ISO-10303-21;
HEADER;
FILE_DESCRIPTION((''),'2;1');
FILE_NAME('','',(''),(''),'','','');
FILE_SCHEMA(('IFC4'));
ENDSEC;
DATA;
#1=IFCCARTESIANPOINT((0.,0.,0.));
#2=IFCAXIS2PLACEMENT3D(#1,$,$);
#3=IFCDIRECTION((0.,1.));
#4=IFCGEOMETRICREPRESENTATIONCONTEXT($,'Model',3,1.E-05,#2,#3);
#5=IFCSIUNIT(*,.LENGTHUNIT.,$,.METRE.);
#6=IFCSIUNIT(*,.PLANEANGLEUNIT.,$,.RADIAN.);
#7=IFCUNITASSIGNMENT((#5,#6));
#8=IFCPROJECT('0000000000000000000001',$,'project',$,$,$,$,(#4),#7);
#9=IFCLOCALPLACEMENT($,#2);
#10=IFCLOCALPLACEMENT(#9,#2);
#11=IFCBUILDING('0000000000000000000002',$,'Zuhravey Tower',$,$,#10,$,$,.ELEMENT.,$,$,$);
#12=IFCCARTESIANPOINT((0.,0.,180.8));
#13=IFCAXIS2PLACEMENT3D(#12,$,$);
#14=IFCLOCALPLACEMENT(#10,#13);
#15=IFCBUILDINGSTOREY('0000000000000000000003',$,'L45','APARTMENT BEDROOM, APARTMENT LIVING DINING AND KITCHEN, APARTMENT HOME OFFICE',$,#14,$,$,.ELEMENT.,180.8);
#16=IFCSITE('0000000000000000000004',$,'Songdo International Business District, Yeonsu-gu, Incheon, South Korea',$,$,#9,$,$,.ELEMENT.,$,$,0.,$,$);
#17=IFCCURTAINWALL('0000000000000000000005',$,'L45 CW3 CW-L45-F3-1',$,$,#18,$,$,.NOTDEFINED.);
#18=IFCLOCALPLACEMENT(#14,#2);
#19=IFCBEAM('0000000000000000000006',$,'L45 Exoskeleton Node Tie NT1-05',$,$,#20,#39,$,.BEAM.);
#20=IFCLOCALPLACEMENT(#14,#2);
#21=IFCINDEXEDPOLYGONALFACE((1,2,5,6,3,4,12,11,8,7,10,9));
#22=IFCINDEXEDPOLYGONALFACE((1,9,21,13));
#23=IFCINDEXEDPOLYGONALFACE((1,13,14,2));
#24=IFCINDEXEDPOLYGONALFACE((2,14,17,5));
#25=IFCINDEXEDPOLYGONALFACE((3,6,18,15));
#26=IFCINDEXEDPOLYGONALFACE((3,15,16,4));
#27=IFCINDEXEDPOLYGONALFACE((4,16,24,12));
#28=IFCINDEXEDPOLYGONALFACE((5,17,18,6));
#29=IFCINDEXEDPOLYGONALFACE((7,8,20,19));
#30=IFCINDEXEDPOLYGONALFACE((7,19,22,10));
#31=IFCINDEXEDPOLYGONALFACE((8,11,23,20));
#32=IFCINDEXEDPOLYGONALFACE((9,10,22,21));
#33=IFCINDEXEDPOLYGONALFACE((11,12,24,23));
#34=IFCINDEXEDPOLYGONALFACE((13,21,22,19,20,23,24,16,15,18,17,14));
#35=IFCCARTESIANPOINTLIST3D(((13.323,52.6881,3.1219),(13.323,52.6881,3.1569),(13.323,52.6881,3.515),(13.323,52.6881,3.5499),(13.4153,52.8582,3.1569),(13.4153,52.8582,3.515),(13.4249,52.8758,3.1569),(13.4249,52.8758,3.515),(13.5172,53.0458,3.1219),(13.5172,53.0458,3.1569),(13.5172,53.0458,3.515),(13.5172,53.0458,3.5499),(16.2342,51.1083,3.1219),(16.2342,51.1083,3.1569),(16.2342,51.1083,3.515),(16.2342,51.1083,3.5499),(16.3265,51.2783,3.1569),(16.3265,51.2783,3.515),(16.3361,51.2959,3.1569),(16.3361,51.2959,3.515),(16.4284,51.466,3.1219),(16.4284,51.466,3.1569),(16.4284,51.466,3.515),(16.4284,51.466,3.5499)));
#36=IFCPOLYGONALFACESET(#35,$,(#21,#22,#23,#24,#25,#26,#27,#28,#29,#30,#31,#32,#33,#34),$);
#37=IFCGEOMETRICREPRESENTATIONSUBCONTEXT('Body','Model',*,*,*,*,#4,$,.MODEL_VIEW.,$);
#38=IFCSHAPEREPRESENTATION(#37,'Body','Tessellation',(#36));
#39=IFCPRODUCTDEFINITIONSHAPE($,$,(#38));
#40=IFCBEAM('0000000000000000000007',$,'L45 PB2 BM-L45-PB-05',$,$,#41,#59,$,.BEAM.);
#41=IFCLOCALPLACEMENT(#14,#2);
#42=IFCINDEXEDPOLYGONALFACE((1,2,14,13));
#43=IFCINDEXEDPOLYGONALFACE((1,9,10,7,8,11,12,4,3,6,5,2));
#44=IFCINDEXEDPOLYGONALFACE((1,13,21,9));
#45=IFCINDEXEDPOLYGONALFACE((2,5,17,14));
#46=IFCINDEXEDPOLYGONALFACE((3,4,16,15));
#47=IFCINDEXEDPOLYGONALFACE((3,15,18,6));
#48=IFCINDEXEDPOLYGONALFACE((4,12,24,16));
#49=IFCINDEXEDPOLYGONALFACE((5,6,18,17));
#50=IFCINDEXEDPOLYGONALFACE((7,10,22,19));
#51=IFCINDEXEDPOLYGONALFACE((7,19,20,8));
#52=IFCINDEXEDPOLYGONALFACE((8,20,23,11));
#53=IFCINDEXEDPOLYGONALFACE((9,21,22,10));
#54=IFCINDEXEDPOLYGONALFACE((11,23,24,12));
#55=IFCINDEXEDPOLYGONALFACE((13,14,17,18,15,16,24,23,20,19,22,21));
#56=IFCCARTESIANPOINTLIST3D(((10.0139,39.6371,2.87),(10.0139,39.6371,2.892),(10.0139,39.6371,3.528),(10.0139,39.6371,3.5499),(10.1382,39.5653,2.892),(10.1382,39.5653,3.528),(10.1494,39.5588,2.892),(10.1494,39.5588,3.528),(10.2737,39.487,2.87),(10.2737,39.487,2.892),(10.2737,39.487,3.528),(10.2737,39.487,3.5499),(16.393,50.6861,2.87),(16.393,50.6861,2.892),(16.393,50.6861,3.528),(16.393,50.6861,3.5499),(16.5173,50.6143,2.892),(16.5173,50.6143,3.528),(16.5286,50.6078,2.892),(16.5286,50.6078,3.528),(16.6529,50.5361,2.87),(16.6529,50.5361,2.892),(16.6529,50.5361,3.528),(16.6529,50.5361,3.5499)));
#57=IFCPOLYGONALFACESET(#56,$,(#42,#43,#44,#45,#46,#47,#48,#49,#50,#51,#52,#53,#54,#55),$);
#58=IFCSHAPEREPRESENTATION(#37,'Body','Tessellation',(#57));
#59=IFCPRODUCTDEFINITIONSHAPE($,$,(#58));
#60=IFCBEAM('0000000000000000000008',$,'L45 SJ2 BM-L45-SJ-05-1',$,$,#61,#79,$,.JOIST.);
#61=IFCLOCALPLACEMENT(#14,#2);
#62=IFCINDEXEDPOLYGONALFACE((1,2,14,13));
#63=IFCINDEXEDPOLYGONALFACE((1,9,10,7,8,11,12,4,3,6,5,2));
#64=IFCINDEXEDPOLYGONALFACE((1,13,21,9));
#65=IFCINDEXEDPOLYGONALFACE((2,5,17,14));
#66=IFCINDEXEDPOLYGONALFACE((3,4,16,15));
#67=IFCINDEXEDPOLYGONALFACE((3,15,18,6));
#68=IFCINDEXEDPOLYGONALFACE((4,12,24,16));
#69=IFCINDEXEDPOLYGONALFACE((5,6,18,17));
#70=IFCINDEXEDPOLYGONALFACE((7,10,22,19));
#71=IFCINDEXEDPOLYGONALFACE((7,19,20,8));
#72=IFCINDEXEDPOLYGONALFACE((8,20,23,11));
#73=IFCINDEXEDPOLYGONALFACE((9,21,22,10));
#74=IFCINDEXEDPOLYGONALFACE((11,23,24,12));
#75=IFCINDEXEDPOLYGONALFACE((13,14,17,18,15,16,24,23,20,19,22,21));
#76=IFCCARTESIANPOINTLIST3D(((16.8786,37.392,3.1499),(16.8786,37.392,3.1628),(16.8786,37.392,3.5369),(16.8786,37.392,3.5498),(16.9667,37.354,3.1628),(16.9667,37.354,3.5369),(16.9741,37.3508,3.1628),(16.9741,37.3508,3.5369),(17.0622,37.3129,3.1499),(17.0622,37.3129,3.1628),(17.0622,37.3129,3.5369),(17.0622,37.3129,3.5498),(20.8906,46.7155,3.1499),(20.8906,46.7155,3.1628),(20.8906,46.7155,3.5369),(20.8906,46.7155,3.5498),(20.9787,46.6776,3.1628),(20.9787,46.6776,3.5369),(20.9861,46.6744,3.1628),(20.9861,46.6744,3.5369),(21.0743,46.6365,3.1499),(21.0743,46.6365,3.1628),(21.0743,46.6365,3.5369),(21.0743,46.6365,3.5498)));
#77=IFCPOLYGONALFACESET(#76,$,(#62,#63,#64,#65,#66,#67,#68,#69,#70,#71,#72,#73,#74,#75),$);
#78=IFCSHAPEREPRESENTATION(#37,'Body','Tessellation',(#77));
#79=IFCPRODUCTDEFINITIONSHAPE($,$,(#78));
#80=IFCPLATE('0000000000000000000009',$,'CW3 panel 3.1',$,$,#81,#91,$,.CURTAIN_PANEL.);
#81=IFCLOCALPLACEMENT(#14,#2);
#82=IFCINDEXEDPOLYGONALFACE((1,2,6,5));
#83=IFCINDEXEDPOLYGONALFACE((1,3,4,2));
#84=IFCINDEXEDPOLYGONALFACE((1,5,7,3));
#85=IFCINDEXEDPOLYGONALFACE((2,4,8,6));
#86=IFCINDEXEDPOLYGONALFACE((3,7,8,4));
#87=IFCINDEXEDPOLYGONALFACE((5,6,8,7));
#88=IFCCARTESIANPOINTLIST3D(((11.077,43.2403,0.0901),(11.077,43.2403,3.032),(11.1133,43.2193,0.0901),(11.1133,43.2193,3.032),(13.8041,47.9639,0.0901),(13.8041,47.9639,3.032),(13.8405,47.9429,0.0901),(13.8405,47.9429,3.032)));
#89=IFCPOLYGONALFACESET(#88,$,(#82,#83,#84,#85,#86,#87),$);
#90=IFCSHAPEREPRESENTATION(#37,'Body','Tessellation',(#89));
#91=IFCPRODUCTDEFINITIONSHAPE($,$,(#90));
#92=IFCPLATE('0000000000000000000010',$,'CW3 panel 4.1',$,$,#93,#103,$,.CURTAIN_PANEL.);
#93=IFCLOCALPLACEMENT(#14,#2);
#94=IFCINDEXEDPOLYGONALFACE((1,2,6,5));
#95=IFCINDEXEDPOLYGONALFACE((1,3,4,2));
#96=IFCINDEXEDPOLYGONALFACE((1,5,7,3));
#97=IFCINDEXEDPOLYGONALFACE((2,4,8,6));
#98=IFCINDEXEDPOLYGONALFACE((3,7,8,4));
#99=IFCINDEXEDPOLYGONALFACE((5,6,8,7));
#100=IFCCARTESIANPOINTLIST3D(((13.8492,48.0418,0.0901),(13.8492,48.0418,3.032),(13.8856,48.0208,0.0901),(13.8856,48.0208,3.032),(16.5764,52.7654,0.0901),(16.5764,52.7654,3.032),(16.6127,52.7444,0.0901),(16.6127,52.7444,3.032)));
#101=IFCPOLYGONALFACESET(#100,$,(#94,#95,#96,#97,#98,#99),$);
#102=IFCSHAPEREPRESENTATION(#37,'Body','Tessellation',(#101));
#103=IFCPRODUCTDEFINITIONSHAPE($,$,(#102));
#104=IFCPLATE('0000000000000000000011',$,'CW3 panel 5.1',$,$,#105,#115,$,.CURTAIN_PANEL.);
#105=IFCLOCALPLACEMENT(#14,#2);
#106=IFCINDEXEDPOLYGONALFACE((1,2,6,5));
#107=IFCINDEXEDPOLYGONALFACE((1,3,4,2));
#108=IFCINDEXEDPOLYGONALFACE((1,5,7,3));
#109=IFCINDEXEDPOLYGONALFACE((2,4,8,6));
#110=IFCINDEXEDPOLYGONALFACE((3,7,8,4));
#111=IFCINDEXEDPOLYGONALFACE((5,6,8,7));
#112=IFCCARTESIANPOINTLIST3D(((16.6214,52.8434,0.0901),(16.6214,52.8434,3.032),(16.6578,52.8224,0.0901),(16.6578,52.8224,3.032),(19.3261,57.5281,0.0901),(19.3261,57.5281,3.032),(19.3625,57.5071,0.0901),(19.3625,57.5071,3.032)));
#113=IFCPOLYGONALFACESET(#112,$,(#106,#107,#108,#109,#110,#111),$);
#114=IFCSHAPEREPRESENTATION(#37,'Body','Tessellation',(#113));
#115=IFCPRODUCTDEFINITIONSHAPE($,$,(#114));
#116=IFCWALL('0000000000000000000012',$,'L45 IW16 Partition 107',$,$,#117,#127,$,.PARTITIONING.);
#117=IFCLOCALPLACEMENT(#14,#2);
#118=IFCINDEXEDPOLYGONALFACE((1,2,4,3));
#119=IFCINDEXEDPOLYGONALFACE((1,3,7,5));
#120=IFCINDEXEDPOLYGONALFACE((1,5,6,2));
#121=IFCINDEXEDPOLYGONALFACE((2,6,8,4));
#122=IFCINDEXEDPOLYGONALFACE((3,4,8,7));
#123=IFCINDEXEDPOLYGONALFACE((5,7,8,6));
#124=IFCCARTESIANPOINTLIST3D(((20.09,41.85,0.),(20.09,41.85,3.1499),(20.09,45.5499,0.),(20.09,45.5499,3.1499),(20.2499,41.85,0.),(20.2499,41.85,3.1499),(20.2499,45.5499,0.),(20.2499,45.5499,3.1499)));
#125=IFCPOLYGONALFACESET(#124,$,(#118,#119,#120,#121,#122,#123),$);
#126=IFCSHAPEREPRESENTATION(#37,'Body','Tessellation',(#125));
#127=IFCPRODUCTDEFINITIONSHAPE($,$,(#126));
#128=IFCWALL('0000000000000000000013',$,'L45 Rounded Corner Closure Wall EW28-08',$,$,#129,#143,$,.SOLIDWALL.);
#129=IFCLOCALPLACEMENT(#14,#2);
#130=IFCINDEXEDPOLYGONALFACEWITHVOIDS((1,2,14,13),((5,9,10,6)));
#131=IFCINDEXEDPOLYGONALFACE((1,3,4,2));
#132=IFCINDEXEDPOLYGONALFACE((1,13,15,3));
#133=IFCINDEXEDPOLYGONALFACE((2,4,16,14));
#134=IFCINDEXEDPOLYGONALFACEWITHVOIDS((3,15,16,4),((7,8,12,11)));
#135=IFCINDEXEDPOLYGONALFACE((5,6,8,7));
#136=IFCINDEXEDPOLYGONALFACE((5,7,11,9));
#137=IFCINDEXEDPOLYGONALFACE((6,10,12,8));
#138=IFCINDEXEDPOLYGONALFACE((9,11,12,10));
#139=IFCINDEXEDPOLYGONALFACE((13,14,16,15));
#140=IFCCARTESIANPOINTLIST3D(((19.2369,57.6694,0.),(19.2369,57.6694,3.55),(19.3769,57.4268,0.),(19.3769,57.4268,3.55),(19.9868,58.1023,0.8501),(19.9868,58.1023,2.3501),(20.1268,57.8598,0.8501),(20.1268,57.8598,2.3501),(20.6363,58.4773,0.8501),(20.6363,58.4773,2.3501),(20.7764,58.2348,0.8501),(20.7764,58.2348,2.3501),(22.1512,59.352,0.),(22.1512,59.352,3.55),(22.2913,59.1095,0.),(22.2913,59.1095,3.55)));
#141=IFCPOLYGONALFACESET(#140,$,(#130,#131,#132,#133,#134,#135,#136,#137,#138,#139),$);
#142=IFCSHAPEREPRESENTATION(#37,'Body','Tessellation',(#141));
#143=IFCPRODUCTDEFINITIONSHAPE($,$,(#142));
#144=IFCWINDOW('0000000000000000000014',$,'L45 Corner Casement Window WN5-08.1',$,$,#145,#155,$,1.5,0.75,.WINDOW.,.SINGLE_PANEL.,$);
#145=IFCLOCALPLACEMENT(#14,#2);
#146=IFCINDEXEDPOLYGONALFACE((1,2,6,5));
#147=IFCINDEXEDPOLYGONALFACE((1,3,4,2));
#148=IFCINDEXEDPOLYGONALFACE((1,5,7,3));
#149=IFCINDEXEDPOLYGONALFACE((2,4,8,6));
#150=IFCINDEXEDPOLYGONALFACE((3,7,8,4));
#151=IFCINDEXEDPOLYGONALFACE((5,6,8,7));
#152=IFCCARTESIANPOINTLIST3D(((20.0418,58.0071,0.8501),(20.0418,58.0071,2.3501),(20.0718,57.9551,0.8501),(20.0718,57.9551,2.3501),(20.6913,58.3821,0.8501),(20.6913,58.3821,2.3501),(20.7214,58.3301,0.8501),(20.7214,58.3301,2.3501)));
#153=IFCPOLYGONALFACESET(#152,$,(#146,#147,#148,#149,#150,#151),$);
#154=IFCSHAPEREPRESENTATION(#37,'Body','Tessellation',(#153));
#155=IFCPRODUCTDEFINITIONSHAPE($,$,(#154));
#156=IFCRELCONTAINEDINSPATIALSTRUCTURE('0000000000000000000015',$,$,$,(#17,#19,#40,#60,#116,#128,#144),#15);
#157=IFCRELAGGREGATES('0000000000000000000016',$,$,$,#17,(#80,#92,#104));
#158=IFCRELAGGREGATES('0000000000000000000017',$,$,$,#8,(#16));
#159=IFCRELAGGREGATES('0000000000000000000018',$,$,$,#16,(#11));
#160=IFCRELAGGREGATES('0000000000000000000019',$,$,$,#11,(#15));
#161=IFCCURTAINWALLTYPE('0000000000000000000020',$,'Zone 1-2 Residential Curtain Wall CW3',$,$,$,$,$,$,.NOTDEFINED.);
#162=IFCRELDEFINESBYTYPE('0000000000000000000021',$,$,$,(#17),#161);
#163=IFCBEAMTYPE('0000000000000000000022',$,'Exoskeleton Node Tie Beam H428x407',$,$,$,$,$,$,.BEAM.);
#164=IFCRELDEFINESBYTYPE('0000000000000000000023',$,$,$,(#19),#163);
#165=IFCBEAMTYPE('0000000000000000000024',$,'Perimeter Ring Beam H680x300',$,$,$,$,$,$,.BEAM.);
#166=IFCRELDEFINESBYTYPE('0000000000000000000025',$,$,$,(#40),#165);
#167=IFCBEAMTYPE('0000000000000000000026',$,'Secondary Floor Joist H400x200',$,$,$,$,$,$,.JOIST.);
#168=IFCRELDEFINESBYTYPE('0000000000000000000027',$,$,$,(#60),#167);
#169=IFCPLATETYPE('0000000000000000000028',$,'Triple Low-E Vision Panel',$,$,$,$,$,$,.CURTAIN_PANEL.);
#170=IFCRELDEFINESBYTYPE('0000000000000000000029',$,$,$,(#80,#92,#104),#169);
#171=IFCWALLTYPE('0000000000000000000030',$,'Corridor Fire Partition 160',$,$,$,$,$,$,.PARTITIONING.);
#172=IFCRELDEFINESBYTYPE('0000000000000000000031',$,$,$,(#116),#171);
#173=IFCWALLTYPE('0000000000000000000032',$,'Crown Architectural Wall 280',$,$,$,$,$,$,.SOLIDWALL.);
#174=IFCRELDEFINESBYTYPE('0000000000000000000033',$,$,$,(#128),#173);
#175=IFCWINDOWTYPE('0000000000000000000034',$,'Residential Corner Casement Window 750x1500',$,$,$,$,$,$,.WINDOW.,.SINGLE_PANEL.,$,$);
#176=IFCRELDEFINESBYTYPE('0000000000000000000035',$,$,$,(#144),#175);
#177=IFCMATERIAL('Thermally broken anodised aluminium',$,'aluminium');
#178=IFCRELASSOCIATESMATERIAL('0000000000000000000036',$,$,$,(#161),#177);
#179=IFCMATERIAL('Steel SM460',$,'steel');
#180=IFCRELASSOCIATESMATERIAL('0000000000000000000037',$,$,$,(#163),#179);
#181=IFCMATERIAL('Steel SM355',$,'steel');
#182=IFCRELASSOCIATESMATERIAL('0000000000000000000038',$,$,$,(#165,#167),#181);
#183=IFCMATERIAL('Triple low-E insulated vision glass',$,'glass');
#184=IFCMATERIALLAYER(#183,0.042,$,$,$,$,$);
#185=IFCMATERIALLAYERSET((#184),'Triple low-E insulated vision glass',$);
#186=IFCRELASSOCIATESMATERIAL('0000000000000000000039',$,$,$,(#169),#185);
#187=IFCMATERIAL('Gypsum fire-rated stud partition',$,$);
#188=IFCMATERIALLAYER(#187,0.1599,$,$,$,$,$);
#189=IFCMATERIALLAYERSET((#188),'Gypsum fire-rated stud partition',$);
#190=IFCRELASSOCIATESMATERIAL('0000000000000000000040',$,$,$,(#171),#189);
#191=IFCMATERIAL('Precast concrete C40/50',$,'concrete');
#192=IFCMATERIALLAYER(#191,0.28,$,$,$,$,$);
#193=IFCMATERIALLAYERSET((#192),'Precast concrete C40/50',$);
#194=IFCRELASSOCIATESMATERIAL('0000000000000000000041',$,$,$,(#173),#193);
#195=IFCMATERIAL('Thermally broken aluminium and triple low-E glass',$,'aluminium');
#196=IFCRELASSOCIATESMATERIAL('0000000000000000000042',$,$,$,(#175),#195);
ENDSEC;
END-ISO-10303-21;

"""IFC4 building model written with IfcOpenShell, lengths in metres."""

from ifc_helpers import new_model, si_unit, direction, frame, frame_2d, origin, origin_2d, place, context, subcontext, project, spatial, rectangle, i_section, extrude, material, layer, layer_set, material_profile, profile_set, type_object, element, fill, aggregate, save


model = new_model("IFC4")

# Units and contexts
model_context = context("Model", 3, precision=1e-05, world=origin(), true_north=direction((0.0, 1.0)))
body_context = subcontext(model_context, "Body", "Model", "MODEL_VIEW")
ifc_project = project(units=[si_unit("LENGTHUNIT", "METRE"), si_unit("PLANEANGLEUNIT", "RADIAN")], contexts=[model_context])

# Site, building, storey
site_placement = place(None, origin())
site = spatial("IfcSite", under=ifc_project, at=site_placement, Name="Songdo International Business District, Yeonsu-gu, Incheon, South Korea", CompositionType="ELEMENT", RefElevation=0.0)
building_placement = place(site_placement, origin())
building = spatial("IfcBuilding", under=site, at=building_placement, Name="Zuhravey Tower", CompositionType="ELEMENT")
storey_placement = place(building_placement, frame((0.0, 0.0, 180.8)))
storey = spatial("IfcBuildingStorey", under=building, at=storey_placement, Name="L45", Description="APARTMENT BEDROOM, APARTMENT LIVING DINING AND KITCHEN, APARTMENT HOME OFFICE", CompositionType="ELEMENT", Elevation=180.8)

# Curtain wall
ifc_material_1 = material(Name="Thermally broken anodised aluminium", Category="aluminium")
curtain_wall_type = type_object("IfcCurtainWallType", Name="Zone 1-2 Residential Curtain Wall CW3", PredefinedType="NOTDEFINED", material=ifc_material_1)
curtain_wall_1_placement = place(storey_placement, origin())
curtain_wall_1 = element("IfcCurtainWall", 1, at=curtain_wall_1_placement, inside=storey, type_object=curtain_wall_type, Name="L45 CW3 CW-L45-F3-1", PredefinedType="NOTDEFINED")

# Beams
ifc_material_2 = material(Name="Steel SM460", Category="steel")
ifc_material_profile_1 = material_profile(ifc_material_2, i_section(OverallWidth=0.407, OverallDepth=0.428, WebThickness=0.02, FlangeThickness=0.0349, at=origin_2d()), Name="H-428x407x20x35")
ifc_profile_set_1 = profile_set([ifc_material_profile_1], Name="Steel SM460")
beam_type_1 = type_object("IfcBeamType", Name="Exoskeleton Node Tie Beam H428x407", PredefinedType="BEAM", material=ifc_profile_set_1)
beam_1_placement = place(storey_placement, frame((16.3313, 51.2871, 3.3359), z_axis=(-0.878916, 0.476976, 0.0), x_axis=(-0.476976, -0.878916, 0.0)))
element("IfcBeam", 2, at=beam_1_placement, inside=storey, type_object=beam_type_1, Name="L45 Exoskeleton Node Tie NT1-05", PredefinedType="BEAM", context=body_context, shape_type="SweptSolid", body=[
    extrude(i_section(OverallWidth=0.407, OverallDepth=0.428, WebThickness=0.02, FlangeThickness=0.0349, at=origin_2d()), origin(), (0.0, 0.0, 1.0), 3.3123),
])
ifc_material_3 = material(Name="Steel SM355", Category="steel")
ifc_material_profile_2 = material_profile(ifc_material_3, i_section(OverallWidth=0.3, OverallDepth=0.6799, WebThickness=0.0129, FlangeThickness=0.022, at=origin_2d()), Name="H-680x300x13x22")
ifc_profile_set_2 = profile_set([ifc_material_profile_2], Name="Steel SM355")
beam_type_2 = type_object("IfcBeamType", Name="Perimeter Ring Beam H680x300", PredefinedType="BEAM", material=ifc_profile_set_2)
beam_2_placement = place(storey_placement, frame((16.5229, 50.6111, 3.21), z_axis=(-0.499998, -0.866027, 0.0), x_axis=(0.866027, -0.499998, 0.0)))
element("IfcBeam", 3, at=beam_2_placement, inside=storey, type_object=beam_type_2, Name="L45 PB2 BM-L45-PB-05", PredefinedType="BEAM", context=body_context, shape_type="SweptSolid", body=[
    extrude(i_section(OverallWidth=0.3, OverallDepth=0.6799, WebThickness=0.0129, FlangeThickness=0.022, at=origin_2d()), origin(), (0.0, 0.0, 1.0), 12.7583),
])
ifc_material_profile_3 = material_profile(ifc_material_3, i_section(OverallWidth=0.2, OverallDepth=0.3999, WebThickness=0.0081, FlangeThickness=0.0129, at=origin_2d()), Name="H-400x200x8x13")
ifc_profile_set_3 = profile_set([ifc_material_profile_3], Name="Steel SM355")
beam_type_3 = type_object("IfcBeamType", Name="Secondary Floor Joist H400x200", PredefinedType="JOIST", material=ifc_profile_set_3)
beam_3_placement = place(storey_placement, frame((20.9824, 46.676, 3.3499), z_axis=(-0.395266, -0.918567, 0.0), x_axis=(0.918567, -0.395266, 0.0)))
element("IfcBeam", 4, at=beam_3_placement, inside=storey, type_object=beam_type_3, Name="L45 SJ2 BM-L45-SJ-05-1", PredefinedType="JOIST", context=body_context, shape_type="SweptSolid", body=[
    extrude(i_section(OverallWidth=0.2, OverallDepth=0.3999, WebThickness=0.0081, FlangeThickness=0.0129, at=origin_2d()), origin(), (0.0, 0.0, 1.0), 10.1501),
])

# Plates
ifc_material_4 = material(Name="Triple low-E insulated vision glass", Category="glass")
ifc_layer_1 = layer(ifc_material_4, 0.042)
ifc_layer_set_1 = layer_set([ifc_layer_1], Name="Triple low-E insulated vision glass")
plate_type = type_object("IfcPlateType", Name="Triple Low-E Vision Panel", PredefinedType="CURTAIN_PANEL", material=ifc_layer_set_1)
plate_1_placement = place(storey_placement, frame((12.4587, 45.5916, 0.0901), z_axis=(0.0, 0.0, 1.0), x_axis=(0.5, 0.866025, 0.0)))
plate_1 = element("IfcPlate", 5, at=plate_1_placement, type_object=plate_type, Name="CW3 panel 3.1", PredefinedType="CURTAIN_PANEL", context=body_context, shape_type="SweptSolid", body=[
    extrude(rectangle(XDim=5.4543, YDim=0.042, at=origin_2d()), origin(), (0.0, 0.0, 1.0), 2.9419),
])
plate_2_placement = place(storey_placement, frame((15.231, 50.3931, 0.0901), z_axis=(0.0, 0.0, 1.0), x_axis=(0.5, 0.866025, 0.0)))
plate_2 = element("IfcPlate", 6, at=plate_2_placement, type_object=plate_type, Name="CW3 panel 4.1", PredefinedType="CURTAIN_PANEL", context=body_context, shape_type="SweptSolid", body=[
    extrude(rectangle(XDim=5.4543, YDim=0.042, at=origin_2d()), origin(), (0.0, 0.0, 1.0), 2.9419),
])
plate_3_placement = place(storey_placement, frame((17.9919, 55.1753, 0.0901), z_axis=(0.0, 0.0, 1.0), x_axis=(0.5, 0.866025, 0.0)))
plate_3 = element("IfcPlate", 7, at=plate_3_placement, type_object=plate_type, Name="CW3 panel 5.1", PredefinedType="CURTAIN_PANEL", context=body_context, shape_type="SweptSolid", body=[
    extrude(rectangle(XDim=5.4094, YDim=0.042, at=origin_2d()), origin(), (0.0, 0.0, 1.0), 2.9419),
])
aggregate(curtain_wall_1, [plate_1, plate_2, plate_3])

# Wall
ifc_material_5 = material(Name="Gypsum fire-rated stud partition")
ifc_layer_2 = layer(ifc_material_5, 0.1599)
ifc_layer_set_2 = layer_set([ifc_layer_2], Name="Gypsum fire-rated stud partition")
wall_type_1 = type_object("IfcWallType", Name="Corridor Fire Partition 160", PredefinedType="PARTITIONING", material=ifc_layer_set_2)
wall_1_placement = place(storey_placement, frame((20.1699, 45.55, 0.0), z_axis=(0.0, 0.0, 1.0), x_axis=(0.0, -1.0, 0.0)))
element("IfcWall", 8, at=wall_1_placement, inside=storey, type_object=wall_type_1, Name="L45 IW16 Partition 107", PredefinedType="PARTITIONING", context=body_context, shape_type="SweptSolid", body=[
    extrude(rectangle(XDim=3.7, YDim=0.1599, at=frame_2d((1.8501, 0.0))), origin(), (0.0, 0.0, 1.0), 3.1499),
])

# Wall, opening, window
ifc_material_6 = material(Name="Precast concrete C40/50", Category="concrete")
ifc_layer_3 = layer(ifc_material_6, 0.28)
ifc_layer_set_3 = layer_set([ifc_layer_3], Name="Precast concrete C40/50")
wall_type_2 = type_object("IfcWallType", Name="Crown Architectural Wall 280", PredefinedType="SOLIDWALL", material=ifc_layer_set_3)
wall_2_placement = place(storey_placement, frame((19.3069, 57.5481, 0.0), z_axis=(0.0, 0.0, 1.0), x_axis=(0.86602, 0.500009, 0.0)))
wall_2 = element("IfcWall", 9, at=wall_2_placement, inside=storey, type_object=wall_type_2, Name="L45 Rounded Corner Closure Wall EW28-08", PredefinedType="SOLIDWALL", context=body_context, shape_type="SweptSolid", body=[
    extrude(rectangle(XDim=3.3652, YDim=0.28, at=frame_2d((1.6826, 0.0))), origin(), (0.0, 0.0, 1.0), 3.55),
])
opening_1_placement = place(wall_2_placement, frame((0.866, 0.0, 0.8501)))
opening_1 = element("IfcOpeningElement", 10, at=opening_1_placement, cuts=wall_2, PredefinedType="OPENING", context=body_context, shape_type="SweptSolid", body=[
    extrude(rectangle(XDim=0.75, YDim=1.5, at=frame_2d((0.375, 0.75))), frame((0.0, 0.1521, 0.0), z_axis=(0.0, -1.0, 0.0), x_axis=(1.0, 0.0, 0.0)), (0.0, 0.0, 1.0), 0.304),
])
ifc_material_7 = material(Name="Thermally broken aluminium and triple low-E glass", Category="aluminium")
window_type = type_object("IfcWindowType", Name="Residential Corner Casement Window 750x1500", PartitioningType="SINGLE_PANEL", PredefinedType="WINDOW", material=ifc_material_7)
window_placement = place(opening_1_placement, origin())
window = element("IfcWindow", 11, at=window_placement, inside=storey, type_object=window_type, Name="L45 Corner Casement Window WN5-08.1", OverallHeight=1.5, OverallWidth=0.75, PartitioningType="SINGLE_PANEL", PredefinedType="WINDOW", context=body_context, shape_type="SweptSolid", body=[
    extrude(rectangle(XDim=0.75, YDim=1.5, at=frame_2d((0.375, 0.75))), frame((0.0, 0.03, 0.0), z_axis=(0.0, -1.0, 0.0), x_axis=(1.0, 0.0, 0.0)), (0.0, 0.0, 1.0), 0.0601),
])
fill(opening_1, window)

save(model, "model.ifc")
